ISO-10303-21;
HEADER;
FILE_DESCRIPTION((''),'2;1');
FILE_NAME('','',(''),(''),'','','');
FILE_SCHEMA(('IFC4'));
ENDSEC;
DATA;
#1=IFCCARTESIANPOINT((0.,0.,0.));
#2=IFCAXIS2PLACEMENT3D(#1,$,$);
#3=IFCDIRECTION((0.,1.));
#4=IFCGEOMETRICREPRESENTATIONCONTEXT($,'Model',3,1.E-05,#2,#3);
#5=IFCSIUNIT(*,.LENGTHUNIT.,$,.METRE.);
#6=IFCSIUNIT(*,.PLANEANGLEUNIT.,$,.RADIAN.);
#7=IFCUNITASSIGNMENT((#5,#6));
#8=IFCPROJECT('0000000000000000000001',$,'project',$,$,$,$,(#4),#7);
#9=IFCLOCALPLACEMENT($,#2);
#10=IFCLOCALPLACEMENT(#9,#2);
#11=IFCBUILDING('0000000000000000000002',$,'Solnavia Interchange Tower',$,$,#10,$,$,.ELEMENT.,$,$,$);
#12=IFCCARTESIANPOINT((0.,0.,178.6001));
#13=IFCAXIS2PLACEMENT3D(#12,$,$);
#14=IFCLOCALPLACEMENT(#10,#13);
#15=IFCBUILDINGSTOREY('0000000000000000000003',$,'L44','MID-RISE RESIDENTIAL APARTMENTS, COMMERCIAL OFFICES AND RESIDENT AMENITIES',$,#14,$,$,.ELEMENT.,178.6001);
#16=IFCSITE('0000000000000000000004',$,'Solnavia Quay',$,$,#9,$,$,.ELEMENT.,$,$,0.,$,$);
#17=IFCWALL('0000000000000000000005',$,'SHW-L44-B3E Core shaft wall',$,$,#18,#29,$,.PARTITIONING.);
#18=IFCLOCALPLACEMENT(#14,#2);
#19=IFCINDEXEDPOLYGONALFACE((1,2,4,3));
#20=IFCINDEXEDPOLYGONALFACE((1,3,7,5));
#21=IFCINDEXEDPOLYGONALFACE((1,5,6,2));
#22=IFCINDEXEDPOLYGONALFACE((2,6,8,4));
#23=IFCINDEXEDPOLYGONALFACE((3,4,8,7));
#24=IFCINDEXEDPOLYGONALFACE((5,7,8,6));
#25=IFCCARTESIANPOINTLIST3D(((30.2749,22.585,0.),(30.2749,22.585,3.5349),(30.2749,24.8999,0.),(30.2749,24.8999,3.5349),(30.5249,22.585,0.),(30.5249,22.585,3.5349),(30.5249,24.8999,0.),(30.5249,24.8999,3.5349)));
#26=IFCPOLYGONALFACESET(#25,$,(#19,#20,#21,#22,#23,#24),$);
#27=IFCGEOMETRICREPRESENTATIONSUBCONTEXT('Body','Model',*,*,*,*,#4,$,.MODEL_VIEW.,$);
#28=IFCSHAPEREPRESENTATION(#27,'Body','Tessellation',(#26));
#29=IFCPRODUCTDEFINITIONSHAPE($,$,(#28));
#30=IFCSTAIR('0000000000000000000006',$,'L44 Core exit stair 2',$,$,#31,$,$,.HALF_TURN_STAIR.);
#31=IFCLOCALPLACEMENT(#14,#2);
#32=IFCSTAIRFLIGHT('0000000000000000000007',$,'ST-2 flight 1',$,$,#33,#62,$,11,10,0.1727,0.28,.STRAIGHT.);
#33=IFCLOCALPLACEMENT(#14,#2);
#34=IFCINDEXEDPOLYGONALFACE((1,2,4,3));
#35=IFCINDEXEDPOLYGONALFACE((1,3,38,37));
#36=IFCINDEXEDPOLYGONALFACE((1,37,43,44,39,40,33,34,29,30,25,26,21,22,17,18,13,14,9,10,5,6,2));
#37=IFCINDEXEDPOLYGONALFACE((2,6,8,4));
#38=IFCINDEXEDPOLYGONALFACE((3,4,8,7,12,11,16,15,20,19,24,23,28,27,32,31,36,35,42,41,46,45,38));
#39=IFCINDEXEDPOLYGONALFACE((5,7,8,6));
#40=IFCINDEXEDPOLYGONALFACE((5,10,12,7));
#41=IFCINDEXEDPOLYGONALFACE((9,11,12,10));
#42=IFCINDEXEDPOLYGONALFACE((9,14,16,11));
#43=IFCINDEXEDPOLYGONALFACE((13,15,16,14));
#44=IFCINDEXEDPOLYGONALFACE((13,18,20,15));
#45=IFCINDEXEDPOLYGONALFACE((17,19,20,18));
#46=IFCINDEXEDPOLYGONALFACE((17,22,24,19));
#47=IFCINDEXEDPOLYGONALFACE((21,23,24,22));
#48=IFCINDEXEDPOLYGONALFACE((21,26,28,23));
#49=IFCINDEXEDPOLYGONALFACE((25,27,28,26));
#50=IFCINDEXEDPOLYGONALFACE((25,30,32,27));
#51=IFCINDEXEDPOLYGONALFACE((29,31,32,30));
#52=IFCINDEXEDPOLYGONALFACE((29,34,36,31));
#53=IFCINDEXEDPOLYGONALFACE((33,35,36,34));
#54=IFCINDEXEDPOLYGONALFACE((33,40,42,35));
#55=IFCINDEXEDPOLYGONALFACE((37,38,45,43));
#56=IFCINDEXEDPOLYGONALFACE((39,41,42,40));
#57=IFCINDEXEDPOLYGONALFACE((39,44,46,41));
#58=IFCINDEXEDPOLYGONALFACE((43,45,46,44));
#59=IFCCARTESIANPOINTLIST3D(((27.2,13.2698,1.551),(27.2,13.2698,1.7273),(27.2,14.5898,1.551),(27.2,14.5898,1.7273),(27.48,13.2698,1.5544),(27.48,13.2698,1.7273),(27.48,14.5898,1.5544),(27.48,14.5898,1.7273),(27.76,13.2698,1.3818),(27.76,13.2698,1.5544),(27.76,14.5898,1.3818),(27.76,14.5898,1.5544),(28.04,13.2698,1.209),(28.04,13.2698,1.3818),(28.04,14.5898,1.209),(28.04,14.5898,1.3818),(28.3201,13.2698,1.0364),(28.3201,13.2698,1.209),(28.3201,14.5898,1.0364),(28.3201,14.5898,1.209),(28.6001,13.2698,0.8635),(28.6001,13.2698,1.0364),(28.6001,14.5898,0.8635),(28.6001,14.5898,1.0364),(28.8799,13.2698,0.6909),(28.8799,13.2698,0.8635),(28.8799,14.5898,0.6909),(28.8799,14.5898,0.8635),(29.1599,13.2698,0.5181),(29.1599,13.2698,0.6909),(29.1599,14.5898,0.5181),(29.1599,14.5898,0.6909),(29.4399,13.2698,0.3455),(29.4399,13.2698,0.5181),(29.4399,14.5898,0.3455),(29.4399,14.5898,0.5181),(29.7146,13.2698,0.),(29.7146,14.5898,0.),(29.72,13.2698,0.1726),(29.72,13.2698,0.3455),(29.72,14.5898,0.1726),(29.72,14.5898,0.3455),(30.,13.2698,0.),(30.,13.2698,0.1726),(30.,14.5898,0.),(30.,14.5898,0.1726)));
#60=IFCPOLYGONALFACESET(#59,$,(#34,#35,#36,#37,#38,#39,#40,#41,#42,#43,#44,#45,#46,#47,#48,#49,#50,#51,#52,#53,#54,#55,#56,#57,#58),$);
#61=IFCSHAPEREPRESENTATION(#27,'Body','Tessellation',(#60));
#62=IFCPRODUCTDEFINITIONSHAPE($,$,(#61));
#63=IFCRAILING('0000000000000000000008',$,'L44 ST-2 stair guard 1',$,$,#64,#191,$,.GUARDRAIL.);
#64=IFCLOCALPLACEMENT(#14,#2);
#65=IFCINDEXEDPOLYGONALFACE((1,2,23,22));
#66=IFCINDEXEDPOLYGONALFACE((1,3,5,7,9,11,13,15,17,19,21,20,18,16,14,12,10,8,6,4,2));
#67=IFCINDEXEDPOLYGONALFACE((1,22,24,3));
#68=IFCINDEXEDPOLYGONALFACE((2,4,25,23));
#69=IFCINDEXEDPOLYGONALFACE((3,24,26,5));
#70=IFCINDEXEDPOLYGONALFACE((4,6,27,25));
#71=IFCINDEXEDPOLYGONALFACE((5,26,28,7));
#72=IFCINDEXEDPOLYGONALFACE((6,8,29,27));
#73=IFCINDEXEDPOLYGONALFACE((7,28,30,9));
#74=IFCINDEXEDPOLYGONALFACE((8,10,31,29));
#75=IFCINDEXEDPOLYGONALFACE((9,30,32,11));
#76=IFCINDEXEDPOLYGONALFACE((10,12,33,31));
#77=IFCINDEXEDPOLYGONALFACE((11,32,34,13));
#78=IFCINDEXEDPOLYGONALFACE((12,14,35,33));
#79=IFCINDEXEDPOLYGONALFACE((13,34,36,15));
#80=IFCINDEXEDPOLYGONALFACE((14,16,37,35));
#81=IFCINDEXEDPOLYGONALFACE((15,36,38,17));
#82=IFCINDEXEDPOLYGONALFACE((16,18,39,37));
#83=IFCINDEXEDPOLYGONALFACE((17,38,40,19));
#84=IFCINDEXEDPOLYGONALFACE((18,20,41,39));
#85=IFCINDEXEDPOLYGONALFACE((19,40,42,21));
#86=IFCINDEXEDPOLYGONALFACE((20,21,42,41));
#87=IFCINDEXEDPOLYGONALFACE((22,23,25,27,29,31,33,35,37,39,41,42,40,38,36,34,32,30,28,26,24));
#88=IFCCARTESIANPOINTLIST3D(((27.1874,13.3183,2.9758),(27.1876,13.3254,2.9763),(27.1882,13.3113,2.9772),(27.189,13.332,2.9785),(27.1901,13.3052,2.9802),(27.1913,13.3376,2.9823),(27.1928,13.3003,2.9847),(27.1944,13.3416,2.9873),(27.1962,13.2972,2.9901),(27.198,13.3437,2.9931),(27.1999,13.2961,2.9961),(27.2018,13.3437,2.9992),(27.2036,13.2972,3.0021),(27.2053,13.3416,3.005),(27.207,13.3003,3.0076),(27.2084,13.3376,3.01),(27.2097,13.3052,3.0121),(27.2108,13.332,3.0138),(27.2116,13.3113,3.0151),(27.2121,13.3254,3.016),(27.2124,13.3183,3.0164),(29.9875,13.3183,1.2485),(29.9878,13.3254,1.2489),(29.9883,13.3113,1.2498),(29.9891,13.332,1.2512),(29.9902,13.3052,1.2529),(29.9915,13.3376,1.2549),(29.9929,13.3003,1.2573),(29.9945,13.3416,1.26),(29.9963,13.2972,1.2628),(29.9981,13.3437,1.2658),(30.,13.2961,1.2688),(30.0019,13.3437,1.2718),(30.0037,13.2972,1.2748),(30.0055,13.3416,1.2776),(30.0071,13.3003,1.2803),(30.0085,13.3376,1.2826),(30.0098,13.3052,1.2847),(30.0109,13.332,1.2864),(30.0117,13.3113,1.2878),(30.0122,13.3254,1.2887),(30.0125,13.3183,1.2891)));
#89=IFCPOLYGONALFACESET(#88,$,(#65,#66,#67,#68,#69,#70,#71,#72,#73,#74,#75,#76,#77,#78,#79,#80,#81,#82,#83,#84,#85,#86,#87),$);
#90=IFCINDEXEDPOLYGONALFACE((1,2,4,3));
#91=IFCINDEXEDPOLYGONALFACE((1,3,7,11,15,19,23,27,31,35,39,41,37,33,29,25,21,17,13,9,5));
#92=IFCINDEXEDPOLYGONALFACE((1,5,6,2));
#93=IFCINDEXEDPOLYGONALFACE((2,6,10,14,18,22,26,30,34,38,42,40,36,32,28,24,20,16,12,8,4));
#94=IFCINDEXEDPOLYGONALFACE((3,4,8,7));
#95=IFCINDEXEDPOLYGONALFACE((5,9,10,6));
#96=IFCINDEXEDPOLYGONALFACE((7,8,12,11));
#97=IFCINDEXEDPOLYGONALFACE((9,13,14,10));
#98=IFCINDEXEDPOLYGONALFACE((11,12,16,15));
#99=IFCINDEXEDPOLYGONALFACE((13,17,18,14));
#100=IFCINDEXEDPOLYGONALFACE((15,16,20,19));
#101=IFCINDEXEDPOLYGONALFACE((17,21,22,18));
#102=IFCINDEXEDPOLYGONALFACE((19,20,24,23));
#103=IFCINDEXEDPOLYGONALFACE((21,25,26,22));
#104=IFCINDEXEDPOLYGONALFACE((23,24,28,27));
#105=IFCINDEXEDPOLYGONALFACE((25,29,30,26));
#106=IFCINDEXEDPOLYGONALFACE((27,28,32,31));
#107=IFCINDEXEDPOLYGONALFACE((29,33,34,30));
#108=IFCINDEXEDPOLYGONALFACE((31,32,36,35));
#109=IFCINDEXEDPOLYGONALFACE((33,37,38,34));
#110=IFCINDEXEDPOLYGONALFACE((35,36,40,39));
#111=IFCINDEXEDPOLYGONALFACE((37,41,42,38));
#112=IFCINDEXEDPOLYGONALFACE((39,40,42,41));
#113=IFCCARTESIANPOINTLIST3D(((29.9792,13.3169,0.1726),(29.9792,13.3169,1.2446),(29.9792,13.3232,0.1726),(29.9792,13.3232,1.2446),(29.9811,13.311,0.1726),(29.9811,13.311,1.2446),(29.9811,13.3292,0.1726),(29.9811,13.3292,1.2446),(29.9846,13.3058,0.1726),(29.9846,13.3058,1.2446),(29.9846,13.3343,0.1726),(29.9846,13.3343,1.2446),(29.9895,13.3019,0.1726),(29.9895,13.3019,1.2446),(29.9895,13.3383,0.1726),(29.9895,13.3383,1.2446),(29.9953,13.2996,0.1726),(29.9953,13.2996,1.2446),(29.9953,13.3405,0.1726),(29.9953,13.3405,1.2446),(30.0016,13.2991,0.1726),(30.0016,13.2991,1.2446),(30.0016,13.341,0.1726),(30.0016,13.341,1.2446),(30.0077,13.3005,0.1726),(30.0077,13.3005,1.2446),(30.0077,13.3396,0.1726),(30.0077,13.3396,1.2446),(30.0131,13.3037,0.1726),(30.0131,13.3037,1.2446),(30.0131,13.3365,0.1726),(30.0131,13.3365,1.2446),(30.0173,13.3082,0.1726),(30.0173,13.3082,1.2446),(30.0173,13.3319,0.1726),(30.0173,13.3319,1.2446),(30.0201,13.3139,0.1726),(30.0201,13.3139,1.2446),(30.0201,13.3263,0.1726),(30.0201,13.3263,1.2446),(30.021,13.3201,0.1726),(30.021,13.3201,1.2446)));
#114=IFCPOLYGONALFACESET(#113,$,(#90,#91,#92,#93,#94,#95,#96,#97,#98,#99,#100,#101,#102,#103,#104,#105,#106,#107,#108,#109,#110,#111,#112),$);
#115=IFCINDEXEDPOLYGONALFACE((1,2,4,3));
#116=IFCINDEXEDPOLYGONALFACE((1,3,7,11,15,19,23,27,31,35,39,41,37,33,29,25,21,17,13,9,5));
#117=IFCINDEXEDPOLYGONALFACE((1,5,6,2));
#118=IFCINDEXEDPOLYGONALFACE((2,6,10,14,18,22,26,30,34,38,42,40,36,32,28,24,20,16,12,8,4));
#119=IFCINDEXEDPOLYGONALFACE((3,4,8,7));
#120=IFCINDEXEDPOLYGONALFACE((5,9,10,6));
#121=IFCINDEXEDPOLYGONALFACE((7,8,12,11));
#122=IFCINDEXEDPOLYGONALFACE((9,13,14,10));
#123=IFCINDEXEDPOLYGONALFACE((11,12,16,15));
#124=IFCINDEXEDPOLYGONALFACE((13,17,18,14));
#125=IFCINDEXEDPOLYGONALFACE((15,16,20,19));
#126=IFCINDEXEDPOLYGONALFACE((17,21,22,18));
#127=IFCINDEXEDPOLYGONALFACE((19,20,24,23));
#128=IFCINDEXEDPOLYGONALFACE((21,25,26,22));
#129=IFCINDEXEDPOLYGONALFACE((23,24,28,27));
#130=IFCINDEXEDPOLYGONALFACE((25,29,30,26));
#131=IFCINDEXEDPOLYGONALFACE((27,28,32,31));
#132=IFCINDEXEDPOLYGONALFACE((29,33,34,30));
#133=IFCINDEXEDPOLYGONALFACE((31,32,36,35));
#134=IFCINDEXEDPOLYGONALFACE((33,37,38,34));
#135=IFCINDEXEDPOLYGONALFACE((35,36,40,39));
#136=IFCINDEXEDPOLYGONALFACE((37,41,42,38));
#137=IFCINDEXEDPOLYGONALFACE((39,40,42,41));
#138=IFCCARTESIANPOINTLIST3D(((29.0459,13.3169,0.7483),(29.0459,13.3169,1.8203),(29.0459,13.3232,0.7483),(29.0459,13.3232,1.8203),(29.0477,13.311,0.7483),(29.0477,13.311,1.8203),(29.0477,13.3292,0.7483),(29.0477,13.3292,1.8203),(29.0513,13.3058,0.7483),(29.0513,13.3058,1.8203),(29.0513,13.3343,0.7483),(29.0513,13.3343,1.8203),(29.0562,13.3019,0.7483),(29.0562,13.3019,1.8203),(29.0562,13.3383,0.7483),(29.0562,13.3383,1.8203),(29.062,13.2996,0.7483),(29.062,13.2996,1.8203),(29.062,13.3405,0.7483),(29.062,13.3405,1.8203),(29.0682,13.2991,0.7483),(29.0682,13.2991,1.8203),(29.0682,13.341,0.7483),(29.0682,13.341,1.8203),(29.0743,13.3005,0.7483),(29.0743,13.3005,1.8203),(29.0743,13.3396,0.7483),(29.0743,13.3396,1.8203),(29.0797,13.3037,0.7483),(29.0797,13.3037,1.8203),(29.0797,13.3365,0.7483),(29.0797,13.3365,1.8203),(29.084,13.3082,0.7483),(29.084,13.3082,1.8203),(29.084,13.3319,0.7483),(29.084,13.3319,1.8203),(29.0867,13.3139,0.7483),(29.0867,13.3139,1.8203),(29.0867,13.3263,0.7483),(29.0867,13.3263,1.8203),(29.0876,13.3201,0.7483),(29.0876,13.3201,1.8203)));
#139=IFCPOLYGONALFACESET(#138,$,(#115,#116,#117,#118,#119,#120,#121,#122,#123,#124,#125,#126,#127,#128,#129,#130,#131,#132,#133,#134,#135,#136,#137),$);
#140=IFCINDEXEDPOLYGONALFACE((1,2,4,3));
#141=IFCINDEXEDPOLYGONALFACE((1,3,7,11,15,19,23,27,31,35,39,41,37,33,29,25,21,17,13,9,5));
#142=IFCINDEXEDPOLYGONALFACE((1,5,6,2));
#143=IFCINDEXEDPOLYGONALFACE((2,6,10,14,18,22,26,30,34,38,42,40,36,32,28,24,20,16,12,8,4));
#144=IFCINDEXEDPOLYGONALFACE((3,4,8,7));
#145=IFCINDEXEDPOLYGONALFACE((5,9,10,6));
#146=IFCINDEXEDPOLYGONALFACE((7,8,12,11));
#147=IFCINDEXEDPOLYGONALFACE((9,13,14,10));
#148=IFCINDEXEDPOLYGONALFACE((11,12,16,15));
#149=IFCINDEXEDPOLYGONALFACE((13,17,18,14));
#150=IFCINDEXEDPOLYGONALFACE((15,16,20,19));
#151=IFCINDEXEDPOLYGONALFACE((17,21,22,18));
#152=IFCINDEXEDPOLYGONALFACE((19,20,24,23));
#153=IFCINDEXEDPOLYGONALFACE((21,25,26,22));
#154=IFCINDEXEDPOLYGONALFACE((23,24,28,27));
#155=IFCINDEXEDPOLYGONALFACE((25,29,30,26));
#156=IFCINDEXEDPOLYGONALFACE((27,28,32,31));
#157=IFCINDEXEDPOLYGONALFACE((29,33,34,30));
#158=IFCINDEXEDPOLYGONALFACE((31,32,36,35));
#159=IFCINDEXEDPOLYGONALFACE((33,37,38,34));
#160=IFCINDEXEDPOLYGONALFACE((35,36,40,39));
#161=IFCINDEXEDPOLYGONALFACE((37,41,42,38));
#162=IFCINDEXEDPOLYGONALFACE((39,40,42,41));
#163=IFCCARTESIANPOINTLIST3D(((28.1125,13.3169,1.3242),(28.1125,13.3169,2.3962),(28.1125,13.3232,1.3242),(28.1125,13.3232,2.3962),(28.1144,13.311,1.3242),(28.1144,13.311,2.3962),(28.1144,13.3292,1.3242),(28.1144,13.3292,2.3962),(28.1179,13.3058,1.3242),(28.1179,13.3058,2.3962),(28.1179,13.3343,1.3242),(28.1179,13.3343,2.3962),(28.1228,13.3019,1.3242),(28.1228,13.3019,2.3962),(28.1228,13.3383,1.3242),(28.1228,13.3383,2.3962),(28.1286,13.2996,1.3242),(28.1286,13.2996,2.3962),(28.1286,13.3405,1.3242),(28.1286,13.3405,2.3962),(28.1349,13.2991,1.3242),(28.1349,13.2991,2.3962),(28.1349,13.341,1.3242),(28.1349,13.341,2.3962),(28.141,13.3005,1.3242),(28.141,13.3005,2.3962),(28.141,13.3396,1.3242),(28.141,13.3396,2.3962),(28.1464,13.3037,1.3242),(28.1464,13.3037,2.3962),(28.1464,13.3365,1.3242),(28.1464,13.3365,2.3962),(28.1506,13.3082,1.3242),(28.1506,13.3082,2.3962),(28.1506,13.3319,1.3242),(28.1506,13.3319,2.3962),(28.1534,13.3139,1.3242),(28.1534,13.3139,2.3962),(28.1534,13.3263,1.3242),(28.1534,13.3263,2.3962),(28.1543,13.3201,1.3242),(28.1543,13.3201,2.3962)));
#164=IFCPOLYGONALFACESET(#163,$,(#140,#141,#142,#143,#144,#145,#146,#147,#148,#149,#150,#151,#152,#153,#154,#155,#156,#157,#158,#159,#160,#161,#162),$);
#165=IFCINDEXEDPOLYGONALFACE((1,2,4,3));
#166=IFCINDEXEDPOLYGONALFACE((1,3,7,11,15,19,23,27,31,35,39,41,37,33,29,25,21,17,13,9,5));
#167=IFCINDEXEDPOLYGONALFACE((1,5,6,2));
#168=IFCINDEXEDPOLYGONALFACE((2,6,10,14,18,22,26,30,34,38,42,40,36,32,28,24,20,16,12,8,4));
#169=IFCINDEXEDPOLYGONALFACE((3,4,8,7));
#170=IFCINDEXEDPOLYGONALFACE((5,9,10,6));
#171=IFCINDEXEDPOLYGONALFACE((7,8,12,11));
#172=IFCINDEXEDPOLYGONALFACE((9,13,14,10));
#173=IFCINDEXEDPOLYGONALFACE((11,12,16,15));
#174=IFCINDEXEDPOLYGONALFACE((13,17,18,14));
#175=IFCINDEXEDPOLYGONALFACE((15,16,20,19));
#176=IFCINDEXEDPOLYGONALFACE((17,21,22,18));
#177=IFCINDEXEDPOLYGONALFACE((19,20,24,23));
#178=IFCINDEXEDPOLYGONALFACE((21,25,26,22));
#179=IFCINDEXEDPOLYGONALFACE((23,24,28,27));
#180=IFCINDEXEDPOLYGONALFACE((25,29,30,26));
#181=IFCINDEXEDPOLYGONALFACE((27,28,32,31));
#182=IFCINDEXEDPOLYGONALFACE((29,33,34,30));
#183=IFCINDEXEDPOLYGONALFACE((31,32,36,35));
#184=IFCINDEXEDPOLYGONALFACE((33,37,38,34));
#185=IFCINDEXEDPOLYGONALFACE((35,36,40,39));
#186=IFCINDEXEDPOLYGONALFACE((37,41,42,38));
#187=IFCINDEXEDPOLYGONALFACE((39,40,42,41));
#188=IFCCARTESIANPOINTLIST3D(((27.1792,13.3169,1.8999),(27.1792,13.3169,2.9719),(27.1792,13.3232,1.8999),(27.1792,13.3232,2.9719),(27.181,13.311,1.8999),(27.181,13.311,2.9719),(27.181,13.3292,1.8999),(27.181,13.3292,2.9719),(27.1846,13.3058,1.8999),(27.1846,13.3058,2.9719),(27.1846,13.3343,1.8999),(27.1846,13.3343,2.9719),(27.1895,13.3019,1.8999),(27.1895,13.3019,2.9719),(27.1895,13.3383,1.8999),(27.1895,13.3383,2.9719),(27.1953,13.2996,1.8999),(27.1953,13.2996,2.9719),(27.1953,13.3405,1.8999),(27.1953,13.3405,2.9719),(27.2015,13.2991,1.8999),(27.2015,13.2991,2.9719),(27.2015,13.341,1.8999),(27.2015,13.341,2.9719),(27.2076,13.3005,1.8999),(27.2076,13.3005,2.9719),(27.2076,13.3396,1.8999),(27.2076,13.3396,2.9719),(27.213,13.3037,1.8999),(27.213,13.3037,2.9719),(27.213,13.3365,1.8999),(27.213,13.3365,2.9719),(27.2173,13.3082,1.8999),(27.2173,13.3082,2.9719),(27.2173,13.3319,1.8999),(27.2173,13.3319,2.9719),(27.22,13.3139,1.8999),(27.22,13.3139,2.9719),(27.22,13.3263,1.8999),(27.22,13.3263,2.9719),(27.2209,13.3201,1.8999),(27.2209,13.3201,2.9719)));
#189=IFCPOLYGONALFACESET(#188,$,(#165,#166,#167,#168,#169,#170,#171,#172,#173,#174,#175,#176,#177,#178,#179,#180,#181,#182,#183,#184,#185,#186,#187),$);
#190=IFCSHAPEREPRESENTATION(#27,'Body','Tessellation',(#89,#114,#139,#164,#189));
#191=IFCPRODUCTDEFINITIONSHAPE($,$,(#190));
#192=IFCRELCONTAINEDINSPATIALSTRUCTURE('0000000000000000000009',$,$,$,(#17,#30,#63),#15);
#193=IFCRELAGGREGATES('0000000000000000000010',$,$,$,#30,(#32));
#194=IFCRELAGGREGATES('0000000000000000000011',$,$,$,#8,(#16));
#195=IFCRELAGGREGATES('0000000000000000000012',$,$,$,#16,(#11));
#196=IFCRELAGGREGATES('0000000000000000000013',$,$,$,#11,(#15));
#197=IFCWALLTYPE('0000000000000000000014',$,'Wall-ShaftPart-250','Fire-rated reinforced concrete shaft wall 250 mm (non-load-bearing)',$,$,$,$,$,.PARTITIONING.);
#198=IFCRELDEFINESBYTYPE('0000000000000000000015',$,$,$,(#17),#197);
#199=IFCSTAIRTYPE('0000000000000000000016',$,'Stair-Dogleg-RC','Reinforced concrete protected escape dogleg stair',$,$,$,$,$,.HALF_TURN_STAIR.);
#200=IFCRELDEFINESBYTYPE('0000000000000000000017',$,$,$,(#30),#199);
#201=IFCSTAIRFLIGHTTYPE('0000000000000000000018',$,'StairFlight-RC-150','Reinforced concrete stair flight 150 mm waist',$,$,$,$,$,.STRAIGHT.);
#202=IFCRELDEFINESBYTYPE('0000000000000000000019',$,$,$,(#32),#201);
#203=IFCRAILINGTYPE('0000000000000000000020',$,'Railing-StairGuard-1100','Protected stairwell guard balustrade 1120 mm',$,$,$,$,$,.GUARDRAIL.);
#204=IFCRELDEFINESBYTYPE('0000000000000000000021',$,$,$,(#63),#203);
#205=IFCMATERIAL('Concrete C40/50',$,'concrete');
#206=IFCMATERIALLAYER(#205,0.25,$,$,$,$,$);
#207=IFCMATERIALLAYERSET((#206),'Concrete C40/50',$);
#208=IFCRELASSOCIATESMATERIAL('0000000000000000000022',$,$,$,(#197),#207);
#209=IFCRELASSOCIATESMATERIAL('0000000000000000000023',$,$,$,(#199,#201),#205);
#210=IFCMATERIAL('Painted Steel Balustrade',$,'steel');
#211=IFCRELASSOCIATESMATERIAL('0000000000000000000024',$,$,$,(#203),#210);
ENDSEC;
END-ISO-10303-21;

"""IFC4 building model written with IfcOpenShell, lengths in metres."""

from ifc_helpers import new_model, si_unit, direction, frame, frame_2d, origin, origin_2d, place, context, subcontext, project, spatial, polyline, rectangle, circle, outline, extrude, material, layer, layer_set, type_object, element, aggregate, save


model = new_model("IFC4")

# Units and contexts
model_context = context("Model", 3, precision=1e-05, world=origin(), true_north=direction((0.0, 1.0)))
body_context = subcontext(model_context, "Body", "Model", "MODEL_VIEW")
ifc_project = project(units=[si_unit("LENGTHUNIT", "METRE"), si_unit("PLANEANGLEUNIT", "RADIAN")], contexts=[model_context])

# Site, building, storey
site_placement = place(None, origin())
site = spatial("IfcSite", under=ifc_project, at=site_placement, Name="Solnavia Quay", CompositionType="ELEMENT", RefElevation=0.0)
building_placement = place(site_placement, origin())
building = spatial("IfcBuilding", under=site, at=building_placement, Name="Solnavia Interchange Tower", CompositionType="ELEMENT")
storey_placement = place(building_placement, frame((0.0, 0.0, 178.6001)))
storey = spatial("IfcBuildingStorey", under=building, at=storey_placement, Name="L44", Description="MID-RISE RESIDENTIAL APARTMENTS, COMMERCIAL OFFICES AND RESIDENT AMENITIES", CompositionType="ELEMENT", Elevation=178.6001)

# Shared definitions
ifc_material_1 = material(Name="Concrete C40/50", Category="concrete")
ifc_layer_1 = layer(ifc_material_1, 0.25)
ifc_layer_set_1 = layer_set([ifc_layer_1], Name="Concrete C40/50")
wall_type_1 = type_object("IfcWallType", Name="Wall-ShaftPart-250", Description="Fire-rated reinforced concrete shaft wall 250 mm (non-load-bearing)", PredefinedType="PARTITIONING", material=ifc_layer_set_1)

# Wall
wall_1_placement = place(storey_placement, frame((30.3999, 22.585, 0.0), z_axis=(0.0, 0.0, 1.0), x_axis=(0.0, 1.0, 0.0)))
element("IfcWall", 1, at=wall_1_placement, inside=storey, type_object=wall_type_1, Name="SHW-L44-B3E Core shaft wall", PredefinedType="PARTITIONING", context=body_context, shape_type="SweptSolid", body=[
    extrude(rectangle(XDim=2.3149, YDim=0.25, at=frame_2d((1.1575, 0.0))), origin(), (0.0, 0.0, 1.0), 3.5349),
])

# Stair, stair flight
stair_type = type_object("IfcStairType", Name="Stair-Dogleg-RC", Description="Reinforced concrete protected escape dogleg stair", PredefinedType="HALF_TURN_STAIR", material=ifc_material_1)
stair_placement = place(storey_placement, origin())
stair = element("IfcStair", 2, at=stair_placement, inside=storey, type_object=stair_type, Name="L44 Core exit stair 2", PredefinedType="HALF_TURN_STAIR")
stair_flight_type = type_object("IfcStairFlightType", Name="StairFlight-RC-150", Description="Reinforced concrete stair flight 150 mm waist", PredefinedType="STRAIGHT", material=ifc_material_1)
stair_flight_placement = place(storey_placement, frame((30.0, 13.9299, 0.0), z_axis=(0.0, 0.0, 1.0), x_axis=(-1.0, 0.0, 0.0)))
stair_flight = element("IfcStairFlight", 3, at=stair_flight_placement, type_object=stair_flight_type, Name="ST-2 flight 1", NumberOfRisers=11, NumberOfTreads=10, PredefinedType="STRAIGHT", RiserHeight=0.1727, TreadLength=0.28, context=body_context, shape_type="SweptSolid", body=[
    extrude(outline(polyline([(0.0, 0.0), (0.0, 0.1726), (0.28, 0.1726), (0.28, 0.3455), (0.5601, 0.3455), (0.5601, 0.5181), (0.8401, 0.5181), (0.8401, 0.6909), (1.1201, 0.6909), (1.1201, 0.8635), (1.3999, 0.8635), (1.3999, 1.0364), (1.6799, 1.0364), (1.6799, 1.209), (1.96, 1.209), (1.96, 1.3818), (2.24, 1.3818), (2.24, 1.5544), (2.52, 1.5544), (2.52, 1.7273), (2.8, 1.7273), (2.8, 1.8999), (2.8, 1.551), (0.2854, 0.0), (0.0, 0.0)])), frame((0.0, 0.6602, 0.0), z_axis=(0.0, -1.0, 0.0), x_axis=(1.0, 0.0, 0.0)), (0.0, 0.0, 1.0), 1.3201),
])
aggregate(stair, [stair_flight])

# Railing
ifc_material_2 = material(Name="Painted Steel Balustrade", Category="steel")
railing_type_1 = type_object("IfcRailingType", Name="Railing-StairGuard-1100", Description="Protected stairwell guard balustrade 1120 mm", PredefinedType="GUARDRAIL", material=ifc_material_2)
railing_1_placement = place(storey_placement, frame((30.0, 13.3201, 0.1726)))
element("IfcRailing", 4, at=railing_1_placement, inside=storey, type_object=railing_type_1, Name="L44 ST-2 stair guard 1", PredefinedType="GUARDRAIL", context=body_context, shape_type="SweptSolid", body=[
    extrude(circle(Radius=0.0239, at=origin_2d()), frame((0.0, 0.0, 1.0962), z_axis=(-0.85109, 0.0, 0.52502), x_axis=(0.0, -1.0, 0.0)), (0.0, 0.0, 1.0), 3.29),
    extrude(circle(Radius=0.021, at=origin_2d()), origin(), (0.0, 0.0, 1.0), 1.072),
    extrude(circle(Radius=0.021, at=origin_2d()), frame((-0.9333, 0.0, 0.5757)), (0.0, 0.0, 1.0), 1.072),
    extrude(circle(Radius=0.021, at=origin_2d()), frame((-1.8667, 0.0, 1.1516)), (0.0, 0.0, 1.0), 1.072),
    extrude(circle(Radius=0.021, at=origin_2d()), frame((-2.8, 0.0, 1.7273)), (0.0, 0.0, 1.0), 1.072),
])

save(model, "model.ifc")
